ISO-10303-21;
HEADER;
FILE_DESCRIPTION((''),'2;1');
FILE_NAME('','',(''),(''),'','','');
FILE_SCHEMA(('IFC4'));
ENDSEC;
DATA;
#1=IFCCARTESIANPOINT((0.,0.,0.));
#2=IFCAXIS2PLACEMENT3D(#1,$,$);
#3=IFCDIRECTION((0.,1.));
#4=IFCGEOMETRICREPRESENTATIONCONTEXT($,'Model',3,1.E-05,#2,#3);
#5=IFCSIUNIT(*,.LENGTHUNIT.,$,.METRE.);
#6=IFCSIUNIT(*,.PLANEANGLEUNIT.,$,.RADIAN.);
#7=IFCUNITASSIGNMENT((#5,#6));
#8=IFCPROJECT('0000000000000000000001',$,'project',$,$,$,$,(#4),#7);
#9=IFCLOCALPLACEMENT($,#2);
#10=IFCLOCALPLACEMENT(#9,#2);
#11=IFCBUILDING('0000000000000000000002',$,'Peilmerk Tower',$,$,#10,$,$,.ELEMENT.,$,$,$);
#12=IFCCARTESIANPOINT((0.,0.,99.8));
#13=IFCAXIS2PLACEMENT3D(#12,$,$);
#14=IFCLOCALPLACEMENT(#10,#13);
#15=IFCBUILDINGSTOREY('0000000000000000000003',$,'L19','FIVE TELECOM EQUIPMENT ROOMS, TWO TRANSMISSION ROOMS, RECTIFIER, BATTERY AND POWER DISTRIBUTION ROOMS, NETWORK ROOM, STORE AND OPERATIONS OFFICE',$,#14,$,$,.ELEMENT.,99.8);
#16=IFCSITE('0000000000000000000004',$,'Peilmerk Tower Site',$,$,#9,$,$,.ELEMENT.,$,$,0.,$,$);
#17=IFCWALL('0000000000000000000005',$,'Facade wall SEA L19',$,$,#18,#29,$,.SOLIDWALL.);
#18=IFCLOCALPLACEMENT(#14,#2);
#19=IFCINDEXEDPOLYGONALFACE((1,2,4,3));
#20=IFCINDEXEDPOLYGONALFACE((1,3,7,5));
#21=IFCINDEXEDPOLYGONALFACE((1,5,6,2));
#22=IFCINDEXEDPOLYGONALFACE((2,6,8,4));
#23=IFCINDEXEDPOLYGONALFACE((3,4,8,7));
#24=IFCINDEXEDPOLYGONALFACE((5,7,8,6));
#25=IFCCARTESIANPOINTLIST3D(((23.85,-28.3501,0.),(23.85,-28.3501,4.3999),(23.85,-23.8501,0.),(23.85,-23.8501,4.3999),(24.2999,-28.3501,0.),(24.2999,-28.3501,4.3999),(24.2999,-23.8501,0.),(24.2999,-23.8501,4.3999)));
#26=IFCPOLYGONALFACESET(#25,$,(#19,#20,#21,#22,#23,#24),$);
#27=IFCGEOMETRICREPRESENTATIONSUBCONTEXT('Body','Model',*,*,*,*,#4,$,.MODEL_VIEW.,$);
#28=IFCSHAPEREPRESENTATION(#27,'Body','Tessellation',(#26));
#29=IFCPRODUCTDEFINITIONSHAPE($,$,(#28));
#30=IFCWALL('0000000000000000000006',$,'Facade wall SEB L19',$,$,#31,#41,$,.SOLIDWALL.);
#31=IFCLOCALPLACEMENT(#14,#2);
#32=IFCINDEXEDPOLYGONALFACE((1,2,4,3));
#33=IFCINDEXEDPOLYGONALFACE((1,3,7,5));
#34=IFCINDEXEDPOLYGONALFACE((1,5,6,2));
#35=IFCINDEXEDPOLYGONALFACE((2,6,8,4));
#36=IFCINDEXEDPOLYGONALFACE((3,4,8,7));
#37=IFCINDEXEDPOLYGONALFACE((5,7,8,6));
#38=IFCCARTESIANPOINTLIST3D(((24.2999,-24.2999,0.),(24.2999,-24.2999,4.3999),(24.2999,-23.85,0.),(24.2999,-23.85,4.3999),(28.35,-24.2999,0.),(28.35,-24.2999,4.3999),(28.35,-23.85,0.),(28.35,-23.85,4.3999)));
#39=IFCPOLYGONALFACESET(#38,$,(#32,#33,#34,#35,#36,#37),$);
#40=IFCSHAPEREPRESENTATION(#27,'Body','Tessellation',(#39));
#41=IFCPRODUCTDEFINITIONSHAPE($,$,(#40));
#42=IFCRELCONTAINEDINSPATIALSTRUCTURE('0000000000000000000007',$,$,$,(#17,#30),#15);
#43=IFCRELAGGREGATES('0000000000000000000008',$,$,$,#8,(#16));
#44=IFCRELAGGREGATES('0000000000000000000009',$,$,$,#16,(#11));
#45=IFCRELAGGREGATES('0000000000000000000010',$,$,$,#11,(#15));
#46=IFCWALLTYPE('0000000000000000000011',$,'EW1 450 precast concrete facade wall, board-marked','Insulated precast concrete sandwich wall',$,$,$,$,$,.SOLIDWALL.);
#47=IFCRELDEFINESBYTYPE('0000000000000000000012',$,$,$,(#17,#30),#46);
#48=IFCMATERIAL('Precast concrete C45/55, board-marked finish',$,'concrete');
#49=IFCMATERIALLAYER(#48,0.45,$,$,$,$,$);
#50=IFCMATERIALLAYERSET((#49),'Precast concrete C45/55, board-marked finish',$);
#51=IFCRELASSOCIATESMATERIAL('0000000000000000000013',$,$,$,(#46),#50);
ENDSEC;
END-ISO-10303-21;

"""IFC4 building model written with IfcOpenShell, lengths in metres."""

from ifc_helpers import new_model, si_unit, direction, frame, frame_2d, origin, place, context, subcontext, project, spatial, rectangle, extrude, material, layer, layer_set, type_object, element, save


model = new_model("IFC4")

# Units and contexts
model_context = context("Model", 3, precision=1e-05, world=origin(), true_north=direction((0.0, 1.0)))
body_context = subcontext(model_context, "Body", "Model", "MODEL_VIEW")
ifc_project = project(units=[si_unit("LENGTHUNIT", "METRE"), si_unit("PLANEANGLEUNIT", "RADIAN")], contexts=[model_context])

# Site, building, storey
site_placement = place(None, origin())
site = spatial("IfcSite", under=ifc_project, at=site_placement, Name="Peilmerk Tower Site", CompositionType="ELEMENT", RefElevation=0.0)
building_placement = place(site_placement, origin())
building = spatial("IfcBuilding", under=site, at=building_placement, Name="Peilmerk Tower", CompositionType="ELEMENT")
storey_placement = place(building_placement, frame((0.0, 0.0, 99.8)))
storey = spatial("IfcBuildingStorey", under=building, at=storey_placement, Name="L19", Description="FIVE TELECOM EQUIPMENT ROOMS, TWO TRANSMISSION ROOMS, RECTIFIER, BATTERY AND POWER DISTRIBUTION ROOMS, NETWORK ROOM, STORE AND OPERATIONS OFFICE", CompositionType="ELEMENT", Elevation=99.8)

# Shared definitions
ifc_material_1 = material(Name="Precast concrete C45/55, board-marked finish", Category="concrete")
ifc_layer = layer(ifc_material_1, 0.45)
ifc_layer_set = layer_set([ifc_layer], Name="Precast concrete C45/55, board-marked finish")
wall_type = type_object("IfcWallType", Name="EW1 450 precast concrete facade wall, board-marked", Description="Insulated precast concrete sandwich wall", PredefinedType="SOLIDWALL", material=ifc_layer_set)

# Walls
wall_1_placement = place(storey_placement, frame((24.075, -23.8501, 0.0), z_axis=(0.0, 0.0, 1.0), x_axis=(0.0, -1.0, 0.0)))
element("IfcWall", 1, at=wall_1_placement, inside=storey, type_object=wall_type, Name="Facade wall SEA L19", PredefinedType="SOLIDWALL", context=body_context, shape_type="SweptSolid", body=[
    extrude(rectangle(XDim=4.5, YDim=0.45, at=frame_2d((2.25, 0.0))), origin(), (0.0, 0.0, 1.0), 4.3999),
])
wall_2_placement = place(storey_placement, frame((24.3, -24.075, 0.0), z_axis=(0.0, 0.0, 1.0), x_axis=(1.0, 0.0, 0.0)))
element("IfcWall", 2, at=wall_2_placement, inside=storey, type_object=wall_type, Name="Facade wall SEB L19", PredefinedType="SOLIDWALL", context=body_context, shape_type="SweptSolid", body=[
    extrude(rectangle(XDim=4.05, YDim=0.45, at=frame_2d((2.0249, 0.0))), origin(), (0.0, 0.0, 1.0), 4.3999),
])

save(model, "model.ifc")
